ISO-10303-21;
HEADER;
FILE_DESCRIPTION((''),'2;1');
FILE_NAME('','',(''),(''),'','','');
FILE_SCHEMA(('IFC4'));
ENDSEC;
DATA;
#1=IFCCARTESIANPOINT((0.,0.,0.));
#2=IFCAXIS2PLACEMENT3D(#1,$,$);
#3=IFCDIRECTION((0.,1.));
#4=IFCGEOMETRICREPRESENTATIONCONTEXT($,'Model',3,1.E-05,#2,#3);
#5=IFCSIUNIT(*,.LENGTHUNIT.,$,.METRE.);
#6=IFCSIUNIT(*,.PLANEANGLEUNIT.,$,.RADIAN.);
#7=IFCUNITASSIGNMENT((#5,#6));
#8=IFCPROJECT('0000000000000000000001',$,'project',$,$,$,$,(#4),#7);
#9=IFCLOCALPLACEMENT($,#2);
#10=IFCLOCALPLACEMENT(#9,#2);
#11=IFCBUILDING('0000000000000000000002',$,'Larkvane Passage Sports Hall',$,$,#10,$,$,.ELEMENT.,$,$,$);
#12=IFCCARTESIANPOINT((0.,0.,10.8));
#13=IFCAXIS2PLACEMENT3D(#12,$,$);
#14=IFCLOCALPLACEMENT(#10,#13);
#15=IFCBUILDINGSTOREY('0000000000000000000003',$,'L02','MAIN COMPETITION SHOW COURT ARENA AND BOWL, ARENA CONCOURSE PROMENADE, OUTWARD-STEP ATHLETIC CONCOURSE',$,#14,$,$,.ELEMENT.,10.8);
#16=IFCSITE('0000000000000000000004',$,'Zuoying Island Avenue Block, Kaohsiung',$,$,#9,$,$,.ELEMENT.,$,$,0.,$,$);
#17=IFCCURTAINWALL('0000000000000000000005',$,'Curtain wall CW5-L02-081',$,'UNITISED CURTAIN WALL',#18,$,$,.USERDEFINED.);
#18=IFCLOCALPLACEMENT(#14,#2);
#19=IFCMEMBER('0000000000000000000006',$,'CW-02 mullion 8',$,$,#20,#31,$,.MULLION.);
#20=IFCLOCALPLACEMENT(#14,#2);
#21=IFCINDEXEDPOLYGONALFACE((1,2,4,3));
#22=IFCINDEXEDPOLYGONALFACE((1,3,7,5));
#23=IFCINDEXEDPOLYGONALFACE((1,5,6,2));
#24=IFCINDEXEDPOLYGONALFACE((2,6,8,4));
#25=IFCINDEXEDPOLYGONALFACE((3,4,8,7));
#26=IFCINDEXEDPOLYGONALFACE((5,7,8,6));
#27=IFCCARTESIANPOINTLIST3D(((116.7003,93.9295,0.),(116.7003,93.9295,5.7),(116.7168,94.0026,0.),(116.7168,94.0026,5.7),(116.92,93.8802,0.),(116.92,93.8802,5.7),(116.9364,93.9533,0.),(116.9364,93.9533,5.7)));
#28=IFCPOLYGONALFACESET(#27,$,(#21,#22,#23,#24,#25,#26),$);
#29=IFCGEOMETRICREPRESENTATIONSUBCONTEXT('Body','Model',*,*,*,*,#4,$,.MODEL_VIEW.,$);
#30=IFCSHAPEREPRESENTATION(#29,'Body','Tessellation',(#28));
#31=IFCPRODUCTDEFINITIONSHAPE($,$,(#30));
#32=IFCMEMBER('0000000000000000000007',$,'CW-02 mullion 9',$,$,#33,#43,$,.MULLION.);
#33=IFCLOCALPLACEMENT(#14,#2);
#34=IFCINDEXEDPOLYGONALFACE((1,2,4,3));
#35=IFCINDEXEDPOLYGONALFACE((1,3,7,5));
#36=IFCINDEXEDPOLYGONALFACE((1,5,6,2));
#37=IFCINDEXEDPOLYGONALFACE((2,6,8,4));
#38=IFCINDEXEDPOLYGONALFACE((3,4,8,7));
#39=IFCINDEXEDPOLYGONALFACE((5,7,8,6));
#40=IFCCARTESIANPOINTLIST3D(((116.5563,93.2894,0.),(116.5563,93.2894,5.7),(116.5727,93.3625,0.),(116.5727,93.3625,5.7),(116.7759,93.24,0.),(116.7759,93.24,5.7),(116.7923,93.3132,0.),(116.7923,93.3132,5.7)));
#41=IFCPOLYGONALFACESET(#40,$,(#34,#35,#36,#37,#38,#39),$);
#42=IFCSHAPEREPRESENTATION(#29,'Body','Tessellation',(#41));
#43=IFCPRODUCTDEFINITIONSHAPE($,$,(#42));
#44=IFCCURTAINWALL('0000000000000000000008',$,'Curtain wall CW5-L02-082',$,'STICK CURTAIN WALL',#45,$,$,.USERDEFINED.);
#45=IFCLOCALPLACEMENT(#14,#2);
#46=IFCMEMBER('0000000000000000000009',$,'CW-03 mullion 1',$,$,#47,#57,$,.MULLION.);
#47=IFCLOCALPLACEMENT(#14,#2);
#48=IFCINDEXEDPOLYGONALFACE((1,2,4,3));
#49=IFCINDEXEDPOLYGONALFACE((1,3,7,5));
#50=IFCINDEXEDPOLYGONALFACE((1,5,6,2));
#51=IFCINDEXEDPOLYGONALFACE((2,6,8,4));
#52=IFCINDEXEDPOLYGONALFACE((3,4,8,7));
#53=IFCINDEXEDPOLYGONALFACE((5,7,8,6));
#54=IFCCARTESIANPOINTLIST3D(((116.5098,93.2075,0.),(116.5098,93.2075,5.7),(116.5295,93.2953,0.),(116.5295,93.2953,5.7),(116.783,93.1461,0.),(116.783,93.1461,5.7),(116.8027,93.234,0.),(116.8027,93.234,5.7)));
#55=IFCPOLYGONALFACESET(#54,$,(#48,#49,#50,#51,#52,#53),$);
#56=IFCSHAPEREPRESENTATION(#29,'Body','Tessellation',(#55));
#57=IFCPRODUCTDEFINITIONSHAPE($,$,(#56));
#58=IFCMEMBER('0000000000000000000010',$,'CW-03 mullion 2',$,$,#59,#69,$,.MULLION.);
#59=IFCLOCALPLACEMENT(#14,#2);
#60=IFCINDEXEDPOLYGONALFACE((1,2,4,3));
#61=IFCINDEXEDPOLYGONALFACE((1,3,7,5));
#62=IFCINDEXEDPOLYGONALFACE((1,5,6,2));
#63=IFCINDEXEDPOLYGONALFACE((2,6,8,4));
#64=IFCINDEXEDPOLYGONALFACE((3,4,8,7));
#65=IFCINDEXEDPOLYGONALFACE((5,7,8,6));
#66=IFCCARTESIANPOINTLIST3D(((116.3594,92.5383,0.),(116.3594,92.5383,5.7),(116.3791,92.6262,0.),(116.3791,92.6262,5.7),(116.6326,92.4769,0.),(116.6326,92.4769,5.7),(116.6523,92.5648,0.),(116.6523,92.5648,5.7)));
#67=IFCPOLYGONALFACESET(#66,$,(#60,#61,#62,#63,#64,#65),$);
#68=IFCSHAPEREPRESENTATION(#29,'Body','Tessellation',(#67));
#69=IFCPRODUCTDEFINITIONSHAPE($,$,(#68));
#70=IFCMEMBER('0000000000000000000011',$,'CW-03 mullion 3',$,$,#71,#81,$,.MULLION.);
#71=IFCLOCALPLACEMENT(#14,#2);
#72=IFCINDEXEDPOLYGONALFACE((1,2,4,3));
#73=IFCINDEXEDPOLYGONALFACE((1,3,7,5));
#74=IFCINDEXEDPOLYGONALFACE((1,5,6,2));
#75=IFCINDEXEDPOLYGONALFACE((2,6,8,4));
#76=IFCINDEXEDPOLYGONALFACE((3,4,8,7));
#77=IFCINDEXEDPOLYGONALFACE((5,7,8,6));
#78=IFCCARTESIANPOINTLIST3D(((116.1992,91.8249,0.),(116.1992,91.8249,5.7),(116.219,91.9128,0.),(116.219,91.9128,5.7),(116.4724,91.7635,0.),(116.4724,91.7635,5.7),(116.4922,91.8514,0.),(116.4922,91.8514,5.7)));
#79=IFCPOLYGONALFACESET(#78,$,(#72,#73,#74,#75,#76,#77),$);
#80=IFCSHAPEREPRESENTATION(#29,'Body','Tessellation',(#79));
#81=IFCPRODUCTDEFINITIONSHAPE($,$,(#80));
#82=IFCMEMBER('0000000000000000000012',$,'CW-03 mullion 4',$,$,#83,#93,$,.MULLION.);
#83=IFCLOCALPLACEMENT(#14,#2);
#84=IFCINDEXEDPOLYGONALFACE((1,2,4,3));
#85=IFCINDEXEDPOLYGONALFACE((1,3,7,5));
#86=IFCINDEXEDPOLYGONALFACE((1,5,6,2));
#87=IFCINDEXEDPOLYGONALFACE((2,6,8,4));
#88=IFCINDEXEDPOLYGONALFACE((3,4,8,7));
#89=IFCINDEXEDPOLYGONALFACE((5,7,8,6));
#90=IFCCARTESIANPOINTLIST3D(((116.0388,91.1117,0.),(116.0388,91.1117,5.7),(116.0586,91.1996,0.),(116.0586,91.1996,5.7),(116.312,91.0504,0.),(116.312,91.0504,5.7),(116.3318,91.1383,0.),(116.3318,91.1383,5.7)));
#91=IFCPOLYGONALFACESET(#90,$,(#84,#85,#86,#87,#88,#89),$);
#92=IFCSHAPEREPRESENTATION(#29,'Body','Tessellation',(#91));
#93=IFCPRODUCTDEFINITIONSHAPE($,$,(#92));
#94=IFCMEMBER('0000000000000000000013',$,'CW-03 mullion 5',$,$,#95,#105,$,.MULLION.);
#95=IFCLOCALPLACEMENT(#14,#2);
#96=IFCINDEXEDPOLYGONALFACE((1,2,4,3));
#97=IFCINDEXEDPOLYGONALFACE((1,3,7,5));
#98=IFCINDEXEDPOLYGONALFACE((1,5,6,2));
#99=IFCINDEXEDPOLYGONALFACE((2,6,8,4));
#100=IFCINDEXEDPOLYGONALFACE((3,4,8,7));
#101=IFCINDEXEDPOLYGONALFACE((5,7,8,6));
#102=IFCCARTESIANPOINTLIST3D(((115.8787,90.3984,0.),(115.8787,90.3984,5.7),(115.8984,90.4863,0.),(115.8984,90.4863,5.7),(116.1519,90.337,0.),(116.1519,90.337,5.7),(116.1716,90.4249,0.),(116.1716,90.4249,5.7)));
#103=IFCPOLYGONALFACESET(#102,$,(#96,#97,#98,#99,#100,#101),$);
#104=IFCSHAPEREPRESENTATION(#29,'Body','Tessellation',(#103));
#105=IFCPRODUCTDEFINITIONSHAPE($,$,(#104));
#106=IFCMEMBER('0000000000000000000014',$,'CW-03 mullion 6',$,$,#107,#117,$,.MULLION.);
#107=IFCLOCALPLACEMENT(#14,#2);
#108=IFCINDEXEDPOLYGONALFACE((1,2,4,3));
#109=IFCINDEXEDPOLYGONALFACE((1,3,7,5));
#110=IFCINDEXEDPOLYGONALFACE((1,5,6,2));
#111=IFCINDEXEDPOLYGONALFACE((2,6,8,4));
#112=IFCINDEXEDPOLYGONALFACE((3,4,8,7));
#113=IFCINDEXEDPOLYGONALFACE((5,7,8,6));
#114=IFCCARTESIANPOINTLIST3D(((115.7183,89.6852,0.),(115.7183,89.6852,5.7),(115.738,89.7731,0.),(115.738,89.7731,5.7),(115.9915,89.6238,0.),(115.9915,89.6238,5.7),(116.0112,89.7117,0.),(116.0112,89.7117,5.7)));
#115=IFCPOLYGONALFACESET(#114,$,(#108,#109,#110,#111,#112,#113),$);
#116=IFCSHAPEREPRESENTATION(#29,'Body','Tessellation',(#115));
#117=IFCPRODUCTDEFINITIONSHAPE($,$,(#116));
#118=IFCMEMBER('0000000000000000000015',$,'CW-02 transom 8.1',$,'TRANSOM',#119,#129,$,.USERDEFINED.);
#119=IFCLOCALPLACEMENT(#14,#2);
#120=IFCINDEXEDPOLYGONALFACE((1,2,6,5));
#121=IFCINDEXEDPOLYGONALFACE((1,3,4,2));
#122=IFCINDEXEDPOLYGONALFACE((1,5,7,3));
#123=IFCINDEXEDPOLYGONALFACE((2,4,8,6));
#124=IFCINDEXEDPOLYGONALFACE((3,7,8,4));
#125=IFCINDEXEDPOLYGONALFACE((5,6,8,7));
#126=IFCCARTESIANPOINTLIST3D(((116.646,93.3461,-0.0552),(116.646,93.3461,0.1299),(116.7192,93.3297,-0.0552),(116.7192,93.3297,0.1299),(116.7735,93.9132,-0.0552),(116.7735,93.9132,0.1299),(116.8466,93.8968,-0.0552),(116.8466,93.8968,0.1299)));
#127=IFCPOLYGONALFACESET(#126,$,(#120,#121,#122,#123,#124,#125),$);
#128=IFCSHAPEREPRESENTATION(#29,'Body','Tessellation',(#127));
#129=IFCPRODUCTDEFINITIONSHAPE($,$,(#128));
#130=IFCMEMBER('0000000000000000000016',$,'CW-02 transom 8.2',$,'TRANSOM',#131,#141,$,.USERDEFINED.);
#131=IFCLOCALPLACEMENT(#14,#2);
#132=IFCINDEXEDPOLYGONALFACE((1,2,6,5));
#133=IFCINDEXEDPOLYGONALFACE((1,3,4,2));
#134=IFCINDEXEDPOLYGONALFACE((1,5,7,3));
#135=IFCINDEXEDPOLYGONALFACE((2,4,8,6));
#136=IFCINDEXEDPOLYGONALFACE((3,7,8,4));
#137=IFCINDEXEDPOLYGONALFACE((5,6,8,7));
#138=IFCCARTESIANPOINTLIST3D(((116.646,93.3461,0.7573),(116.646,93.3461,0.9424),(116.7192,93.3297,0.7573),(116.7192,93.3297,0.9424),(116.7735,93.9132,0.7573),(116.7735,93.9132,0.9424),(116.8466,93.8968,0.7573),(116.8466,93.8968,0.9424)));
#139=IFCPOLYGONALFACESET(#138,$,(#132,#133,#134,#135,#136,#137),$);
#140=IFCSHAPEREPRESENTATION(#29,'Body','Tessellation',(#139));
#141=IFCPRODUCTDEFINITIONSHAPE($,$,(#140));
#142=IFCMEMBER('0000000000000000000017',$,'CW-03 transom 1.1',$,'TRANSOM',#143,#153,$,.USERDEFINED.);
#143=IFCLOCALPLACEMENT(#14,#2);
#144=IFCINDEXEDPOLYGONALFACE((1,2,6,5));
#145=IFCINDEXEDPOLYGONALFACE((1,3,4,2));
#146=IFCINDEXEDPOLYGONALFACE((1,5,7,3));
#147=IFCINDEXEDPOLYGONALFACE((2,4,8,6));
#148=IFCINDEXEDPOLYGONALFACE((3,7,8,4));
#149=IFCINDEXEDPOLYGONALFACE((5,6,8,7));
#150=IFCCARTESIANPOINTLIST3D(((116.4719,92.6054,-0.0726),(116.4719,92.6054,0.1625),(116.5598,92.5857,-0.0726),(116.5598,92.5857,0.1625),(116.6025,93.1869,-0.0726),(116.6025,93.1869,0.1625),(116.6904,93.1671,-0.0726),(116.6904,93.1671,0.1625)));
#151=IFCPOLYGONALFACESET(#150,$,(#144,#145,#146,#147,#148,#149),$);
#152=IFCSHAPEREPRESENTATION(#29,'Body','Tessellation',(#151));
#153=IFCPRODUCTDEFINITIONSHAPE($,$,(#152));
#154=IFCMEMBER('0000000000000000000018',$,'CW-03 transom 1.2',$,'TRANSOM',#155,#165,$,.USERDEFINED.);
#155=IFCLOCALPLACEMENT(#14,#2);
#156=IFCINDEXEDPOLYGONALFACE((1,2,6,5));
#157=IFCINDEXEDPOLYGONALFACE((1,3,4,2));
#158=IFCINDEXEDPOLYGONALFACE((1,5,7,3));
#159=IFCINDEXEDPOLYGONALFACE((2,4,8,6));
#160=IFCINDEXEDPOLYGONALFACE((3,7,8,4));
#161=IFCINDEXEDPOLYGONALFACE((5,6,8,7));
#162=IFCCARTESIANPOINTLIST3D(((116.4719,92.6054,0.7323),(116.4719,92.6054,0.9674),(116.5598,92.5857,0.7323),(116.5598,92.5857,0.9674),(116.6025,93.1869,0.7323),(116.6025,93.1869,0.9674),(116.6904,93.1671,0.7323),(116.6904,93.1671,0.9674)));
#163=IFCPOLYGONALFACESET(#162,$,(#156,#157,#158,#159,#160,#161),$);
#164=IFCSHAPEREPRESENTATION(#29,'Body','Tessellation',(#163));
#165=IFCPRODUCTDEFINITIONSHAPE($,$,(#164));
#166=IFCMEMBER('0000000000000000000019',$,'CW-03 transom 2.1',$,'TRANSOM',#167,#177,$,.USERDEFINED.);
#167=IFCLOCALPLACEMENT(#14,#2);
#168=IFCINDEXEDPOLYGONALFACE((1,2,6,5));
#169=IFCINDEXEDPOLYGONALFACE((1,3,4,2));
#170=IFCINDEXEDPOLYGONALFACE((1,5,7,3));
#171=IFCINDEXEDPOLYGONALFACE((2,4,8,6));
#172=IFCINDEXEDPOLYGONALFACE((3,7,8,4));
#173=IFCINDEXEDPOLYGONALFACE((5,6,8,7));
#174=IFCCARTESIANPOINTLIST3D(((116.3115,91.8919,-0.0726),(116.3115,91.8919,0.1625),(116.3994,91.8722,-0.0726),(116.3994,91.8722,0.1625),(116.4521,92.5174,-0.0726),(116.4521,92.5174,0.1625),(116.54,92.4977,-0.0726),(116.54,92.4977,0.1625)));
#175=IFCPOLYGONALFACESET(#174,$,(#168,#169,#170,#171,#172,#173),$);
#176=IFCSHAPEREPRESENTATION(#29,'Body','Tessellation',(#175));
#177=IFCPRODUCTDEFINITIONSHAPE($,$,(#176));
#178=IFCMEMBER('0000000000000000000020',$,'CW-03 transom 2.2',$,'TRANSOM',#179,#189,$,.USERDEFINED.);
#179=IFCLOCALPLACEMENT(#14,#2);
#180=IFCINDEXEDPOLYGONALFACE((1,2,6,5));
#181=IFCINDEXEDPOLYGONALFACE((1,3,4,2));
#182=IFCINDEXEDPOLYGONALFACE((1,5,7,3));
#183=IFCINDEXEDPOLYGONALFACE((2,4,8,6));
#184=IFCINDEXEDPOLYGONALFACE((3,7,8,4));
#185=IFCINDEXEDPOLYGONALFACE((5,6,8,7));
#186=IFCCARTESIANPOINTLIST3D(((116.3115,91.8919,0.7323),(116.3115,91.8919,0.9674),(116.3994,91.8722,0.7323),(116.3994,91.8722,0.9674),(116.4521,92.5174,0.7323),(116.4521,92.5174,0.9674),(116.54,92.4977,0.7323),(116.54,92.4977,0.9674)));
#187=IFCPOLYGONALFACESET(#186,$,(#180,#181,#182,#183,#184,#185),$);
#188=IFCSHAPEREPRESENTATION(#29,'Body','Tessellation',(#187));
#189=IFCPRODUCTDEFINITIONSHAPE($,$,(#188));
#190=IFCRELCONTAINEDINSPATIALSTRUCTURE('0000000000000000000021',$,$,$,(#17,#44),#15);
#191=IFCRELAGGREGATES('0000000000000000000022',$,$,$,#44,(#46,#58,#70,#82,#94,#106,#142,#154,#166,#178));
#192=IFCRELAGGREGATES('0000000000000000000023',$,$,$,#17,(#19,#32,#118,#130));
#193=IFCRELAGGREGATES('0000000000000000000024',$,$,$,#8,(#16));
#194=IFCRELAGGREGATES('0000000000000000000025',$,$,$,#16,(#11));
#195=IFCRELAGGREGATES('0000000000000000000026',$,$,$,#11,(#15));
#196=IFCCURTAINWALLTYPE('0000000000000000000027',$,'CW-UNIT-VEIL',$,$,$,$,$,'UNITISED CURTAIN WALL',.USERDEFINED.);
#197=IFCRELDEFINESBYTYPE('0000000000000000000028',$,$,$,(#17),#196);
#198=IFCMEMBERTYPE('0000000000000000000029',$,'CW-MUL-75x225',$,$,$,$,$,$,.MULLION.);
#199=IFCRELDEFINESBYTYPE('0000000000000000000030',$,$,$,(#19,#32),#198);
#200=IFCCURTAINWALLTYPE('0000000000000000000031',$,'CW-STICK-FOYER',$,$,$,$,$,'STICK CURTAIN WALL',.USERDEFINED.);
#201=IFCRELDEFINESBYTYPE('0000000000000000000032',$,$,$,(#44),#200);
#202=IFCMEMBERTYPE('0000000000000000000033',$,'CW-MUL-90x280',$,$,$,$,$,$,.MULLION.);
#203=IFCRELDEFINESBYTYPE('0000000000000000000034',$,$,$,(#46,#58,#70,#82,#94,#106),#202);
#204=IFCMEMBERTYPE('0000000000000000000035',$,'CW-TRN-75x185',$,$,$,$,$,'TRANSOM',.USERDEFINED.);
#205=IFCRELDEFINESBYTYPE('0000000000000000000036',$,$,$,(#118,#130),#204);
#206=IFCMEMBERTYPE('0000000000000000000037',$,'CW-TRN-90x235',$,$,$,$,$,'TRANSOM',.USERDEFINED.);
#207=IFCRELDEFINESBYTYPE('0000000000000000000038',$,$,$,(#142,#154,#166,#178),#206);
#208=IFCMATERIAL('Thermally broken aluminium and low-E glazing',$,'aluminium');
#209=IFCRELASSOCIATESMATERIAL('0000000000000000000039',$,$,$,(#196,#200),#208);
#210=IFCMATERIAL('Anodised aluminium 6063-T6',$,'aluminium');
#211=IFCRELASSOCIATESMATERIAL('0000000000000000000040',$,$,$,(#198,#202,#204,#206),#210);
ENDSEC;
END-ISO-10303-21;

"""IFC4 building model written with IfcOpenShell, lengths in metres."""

from ifc_helpers import new_model, si_unit, direction, frame, origin, origin_2d, place, context, subcontext, project, spatial, rectangle, extrude, material, material_profile, profile_set, type_object, element, aggregate, save


model = new_model("IFC4")

# Units and contexts
model_context = context("Model", 3, precision=1e-05, world=origin(), true_north=direction((0.0, 1.0)))
body_context = subcontext(model_context, "Body", "Model", "MODEL_VIEW")
ifc_project = project(units=[si_unit("LENGTHUNIT", "METRE"), si_unit("PLANEANGLEUNIT", "RADIAN")], contexts=[model_context])

# Site, building, storey
site_placement = place(None, origin())
site = spatial("IfcSite", under=ifc_project, at=site_placement, Name="Zuoying Island Avenue Block, Kaohsiung", CompositionType="ELEMENT", RefElevation=0.0)
building_placement = place(site_placement, origin())
building = spatial("IfcBuilding", under=site, at=building_placement, Name="Larkvane Passage Sports Hall", CompositionType="ELEMENT")
storey_placement = place(building_placement, frame((0.0, 0.0, 10.8)))
storey = spatial("IfcBuildingStorey", under=building, at=storey_placement, Name="L02", Description="MAIN COMPETITION SHOW COURT ARENA AND BOWL, ARENA CONCOURSE PROMENADE, OUTWARD-STEP ATHLETIC CONCOURSE", CompositionType="ELEMENT", Elevation=10.8)

# Curtain walls, members
ifc_material_1 = material(Name="Thermally broken aluminium and low-E glazing", Category="aluminium")
curtain_wall_type_1 = type_object("IfcCurtainWallType", Name="CW-UNIT-VEIL", ElementType="UNITISED CURTAIN WALL", PredefinedType="USERDEFINED", material=ifc_material_1)
curtain_wall_1_placement = place(storey_placement, origin())
curtain_wall_1 = element("IfcCurtainWall", 1, at=curtain_wall_1_placement, inside=storey, type_object=curtain_wall_type_1, Name="Curtain wall CW5-L02-081", ObjectType="UNITISED CURTAIN WALL", PredefinedType="USERDEFINED")
ifc_material_2 = material(Name="Anodised aluminium 6063-T6", Category="aluminium")
ifc_material_profile_1 = material_profile(ifc_material_2, rectangle(XDim=0.075, YDim=0.2251, at=origin_2d()), Name="ALU-MUL-75x225")
ifc_profile_set_1 = profile_set([ifc_material_profile_1], Name="Anodised aluminium 6063-T6")
member_type_1 = type_object("IfcMemberType", Name="CW-MUL-75x225", PredefinedType="MULLION", material=ifc_profile_set_1)
member_1_placement = place(storey_placement, frame((116.8184, 93.9414, 0.0), z_axis=(0.0, 0.0, 1.0), x_axis=(-0.219257, -0.975667, 0.0)))
member_1 = element("IfcMember", 2, at=member_1_placement, type_object=member_type_1, Name="CW-02 mullion 8", PredefinedType="MULLION", context=body_context, shape_type="SweptSolid", body=[
    extrude(rectangle(XDim=0.075, YDim=0.2251, at=origin_2d()), origin(), (0.0, 0.0, 1.0), 5.7),
])
member_2_placement = place(storey_placement, frame((116.6743, 93.3013, 0.0), z_axis=(0.0, 0.0, 1.0), x_axis=(-0.219257, -0.975667, 0.0)))
member_2 = element("IfcMember", 3, at=member_2_placement, type_object=member_type_1, Name="CW-02 mullion 9", PredefinedType="MULLION", context=body_context, shape_type="SweptSolid", body=[
    extrude(rectangle(XDim=0.075, YDim=0.2251, at=origin_2d()), origin(), (0.0, 0.0, 1.0), 5.7),
])
curtain_wall_type_2 = type_object("IfcCurtainWallType", Name="CW-STICK-FOYER", ElementType="STICK CURTAIN WALL", PredefinedType="USERDEFINED", material=ifc_material_1)
curtain_wall_2_placement = place(storey_placement, origin())
curtain_wall_2 = element("IfcCurtainWall", 4, at=curtain_wall_2_placement, inside=storey, type_object=curtain_wall_type_2, Name="Curtain wall CW5-L02-082", ObjectType="STICK CURTAIN WALL", PredefinedType="USERDEFINED")
ifc_material_profile_2 = material_profile(ifc_material_2, rectangle(XDim=0.0901, YDim=0.28, at=origin_2d()), Name="ALU-MUL-90x280")
ifc_profile_set_2 = profile_set([ifc_material_profile_2], Name="Anodised aluminium 6063-T6")
member_type_2 = type_object("IfcMemberType", Name="CW-MUL-90x280", PredefinedType="MULLION", material=ifc_profile_set_2)
member_3_placement = place(storey_placement, frame((116.6562, 93.2207, 0.0), z_axis=(0.0, 0.0, 1.0), x_axis=(-0.219244, -0.97567, 0.0)))
member_3 = element("IfcMember", 5, at=member_3_placement, type_object=member_type_2, Name="CW-03 mullion 1", PredefinedType="MULLION", context=body_context, shape_type="SweptSolid", body=[
    extrude(rectangle(XDim=0.0901, YDim=0.28, at=origin_2d()), origin(), (0.0, 0.0, 1.0), 5.7),
])
member_4_placement = place(storey_placement, frame((116.5059, 92.5515, 0.0), z_axis=(0.0, 0.0, 1.0), x_axis=(-0.219244, -0.97567, 0.0)))
member_4 = element("IfcMember", 6, at=member_4_placement, type_object=member_type_2, Name="CW-03 mullion 2", PredefinedType="MULLION", context=body_context, shape_type="SweptSolid", body=[
    extrude(rectangle(XDim=0.0901, YDim=0.28, at=origin_2d()), origin(), (0.0, 0.0, 1.0), 5.7),
])
member_5_placement = place(storey_placement, frame((116.3457, 91.8381, 0.0), z_axis=(0.0, 0.0, 1.0), x_axis=(-0.219244, -0.97567, 0.0)))
member_5 = element("IfcMember", 7, at=member_5_placement, type_object=member_type_2, Name="CW-03 mullion 3", PredefinedType="MULLION", context=body_context, shape_type="SweptSolid", body=[
    extrude(rectangle(XDim=0.0901, YDim=0.28, at=origin_2d()), origin(), (0.0, 0.0, 1.0), 5.7),
])
member_6_placement = place(storey_placement, frame((116.1853, 91.125, 0.0), z_axis=(0.0, 0.0, 1.0), x_axis=(-0.219244, -0.97567, 0.0)))
member_6 = element("IfcMember", 8, at=member_6_placement, type_object=member_type_2, Name="CW-03 mullion 4", PredefinedType="MULLION", context=body_context, shape_type="SweptSolid", body=[
    extrude(rectangle(XDim=0.0901, YDim=0.28, at=origin_2d()), origin(), (0.0, 0.0, 1.0), 5.7),
])
member_7_placement = place(storey_placement, frame((116.0251, 90.4116, 0.0), z_axis=(0.0, 0.0, 1.0), x_axis=(-0.219244, -0.97567, 0.0)))
member_7 = element("IfcMember", 9, at=member_7_placement, type_object=member_type_2, Name="CW-03 mullion 5", PredefinedType="MULLION", context=body_context, shape_type="SweptSolid", body=[
    extrude(rectangle(XDim=0.0901, YDim=0.28, at=origin_2d()), origin(), (0.0, 0.0, 1.0), 5.7),
])
member_8_placement = place(storey_placement, frame((115.8647, 89.6985, 0.0), z_axis=(0.0, 0.0, 1.0), x_axis=(-0.219244, -0.97567, 0.0)))
member_8 = element("IfcMember", 10, at=member_8_placement, type_object=member_type_2, Name="CW-03 mullion 6", PredefinedType="MULLION", context=body_context, shape_type="SweptSolid", body=[
    extrude(rectangle(XDim=0.0901, YDim=0.28, at=origin_2d()), origin(), (0.0, 0.0, 1.0), 5.7),
])

# Members
ifc_material_profile_3 = material_profile(ifc_material_2, rectangle(XDim=0.075, YDim=0.1851, at=origin_2d()), Name="ALU-TRN-75x185")
ifc_profile_set_3 = profile_set([ifc_material_profile_3], Name="Anodised aluminium 6063-T6")
member_type_3 = type_object("IfcMemberType", Name="CW-TRN-75x185", ElementType="TRANSOM", PredefinedType="USERDEFINED", material=ifc_profile_set_3)
member_9_placement = place(storey_placement, frame((116.8101, 93.905, 0.0374), z_axis=(-0.219242, -0.97567, 0.0), x_axis=(0.97567, -0.219242, 0.0)))
member_9 = element("IfcMember", 11, at=member_9_placement, type_object=member_type_3, Name="CW-02 transom 8.1", ObjectType="TRANSOM", PredefinedType="USERDEFINED", context=body_context, shape_type="SweptSolid", body=[
    extrude(rectangle(XDim=0.075, YDim=0.1851, at=origin_2d()), origin(), (0.0, 0.0, 1.0), 0.5813),
])
member_10_placement = place(storey_placement, frame((116.8101, 93.905, 0.8499), z_axis=(-0.219242, -0.97567, 0.0), x_axis=(0.97567, -0.219242, 0.0)))
member_10 = element("IfcMember", 12, at=member_10_placement, type_object=member_type_3, Name="CW-02 transom 8.2", ObjectType="TRANSOM", PredefinedType="USERDEFINED", context=body_context, shape_type="SweptSolid", body=[
    extrude(rectangle(XDim=0.075, YDim=0.1851, at=origin_2d()), origin(), (0.0, 0.0, 1.0), 0.5813),
])
ifc_material_profile_4 = material_profile(ifc_material_2, rectangle(XDim=0.0901, YDim=0.2351, at=origin_2d()), Name="ALU-TRN-90x235")
ifc_profile_set_4 = profile_set([ifc_material_profile_4], Name="Anodised aluminium 6063-T6")
member_type_4 = type_object("IfcMemberType", Name="CW-TRN-90x235", ElementType="TRANSOM", PredefinedType="USERDEFINED", material=ifc_profile_set_4)
member_11_placement = place(storey_placement, frame((116.6465, 93.177, 0.0449), z_axis=(-0.219142, -0.975693, 0.0), x_axis=(0.975693, -0.219142, 0.0)))
member_11 = element("IfcMember", 13, at=member_11_placement, type_object=member_type_4, Name="CW-03 transom 1.1", ObjectType="TRANSOM", PredefinedType="USERDEFINED", context=body_context, shape_type="SweptSolid", body=[
    extrude(rectangle(XDim=0.0901, YDim=0.2351, at=origin_2d()), origin(), (0.0, 0.0, 1.0), 0.5959),
])
member_12_placement = place(storey_placement, frame((116.6465, 93.177, 0.8499), z_axis=(-0.219142, -0.975693, 0.0), x_axis=(0.975693, -0.219142, 0.0)))
member_12 = element("IfcMember", 14, at=member_12_placement, type_object=member_type_4, Name="CW-03 transom 1.2", ObjectType="TRANSOM", PredefinedType="USERDEFINED", context=body_context, shape_type="SweptSolid", body=[
    extrude(rectangle(XDim=0.0901, YDim=0.2351, at=origin_2d()), origin(), (0.0, 0.0, 1.0), 0.5959),
])
member_13_placement = place(storey_placement, frame((116.4961, 92.5076, 0.0449), z_axis=(-0.219349, -0.975646, 0.0), x_axis=(0.975646, -0.219349, 0.0)))
member_13 = element("IfcMember", 15, at=member_13_placement, type_object=member_type_4, Name="CW-03 transom 2.1", ObjectType="TRANSOM", PredefinedType="USERDEFINED", context=body_context, shape_type="SweptSolid", body=[
    extrude(rectangle(XDim=0.0901, YDim=0.2351, at=origin_2d()), origin(), (0.0, 0.0, 1.0), 0.6411),
])
member_14_placement = place(storey_placement, frame((116.4961, 92.5076, 0.8499), z_axis=(-0.219349, -0.975646, 0.0), x_axis=(0.975646, -0.219349, 0.0)))
member_14 = element("IfcMember", 16, at=member_14_placement, type_object=member_type_4, Name="CW-03 transom 2.2", ObjectType="TRANSOM", PredefinedType="USERDEFINED", context=body_context, shape_type="SweptSolid", body=[
    extrude(rectangle(XDim=0.0901, YDim=0.2351, at=origin_2d()), origin(), (0.0, 0.0, 1.0), 0.6411),
])

aggregate(curtain_wall_2, [member_3, member_4, member_5, member_6, member_7, member_8, member_11, member_12, member_13, member_14])
aggregate(curtain_wall_1, [member_1, member_2, member_9, member_10])

save(model, "model.ifc")
